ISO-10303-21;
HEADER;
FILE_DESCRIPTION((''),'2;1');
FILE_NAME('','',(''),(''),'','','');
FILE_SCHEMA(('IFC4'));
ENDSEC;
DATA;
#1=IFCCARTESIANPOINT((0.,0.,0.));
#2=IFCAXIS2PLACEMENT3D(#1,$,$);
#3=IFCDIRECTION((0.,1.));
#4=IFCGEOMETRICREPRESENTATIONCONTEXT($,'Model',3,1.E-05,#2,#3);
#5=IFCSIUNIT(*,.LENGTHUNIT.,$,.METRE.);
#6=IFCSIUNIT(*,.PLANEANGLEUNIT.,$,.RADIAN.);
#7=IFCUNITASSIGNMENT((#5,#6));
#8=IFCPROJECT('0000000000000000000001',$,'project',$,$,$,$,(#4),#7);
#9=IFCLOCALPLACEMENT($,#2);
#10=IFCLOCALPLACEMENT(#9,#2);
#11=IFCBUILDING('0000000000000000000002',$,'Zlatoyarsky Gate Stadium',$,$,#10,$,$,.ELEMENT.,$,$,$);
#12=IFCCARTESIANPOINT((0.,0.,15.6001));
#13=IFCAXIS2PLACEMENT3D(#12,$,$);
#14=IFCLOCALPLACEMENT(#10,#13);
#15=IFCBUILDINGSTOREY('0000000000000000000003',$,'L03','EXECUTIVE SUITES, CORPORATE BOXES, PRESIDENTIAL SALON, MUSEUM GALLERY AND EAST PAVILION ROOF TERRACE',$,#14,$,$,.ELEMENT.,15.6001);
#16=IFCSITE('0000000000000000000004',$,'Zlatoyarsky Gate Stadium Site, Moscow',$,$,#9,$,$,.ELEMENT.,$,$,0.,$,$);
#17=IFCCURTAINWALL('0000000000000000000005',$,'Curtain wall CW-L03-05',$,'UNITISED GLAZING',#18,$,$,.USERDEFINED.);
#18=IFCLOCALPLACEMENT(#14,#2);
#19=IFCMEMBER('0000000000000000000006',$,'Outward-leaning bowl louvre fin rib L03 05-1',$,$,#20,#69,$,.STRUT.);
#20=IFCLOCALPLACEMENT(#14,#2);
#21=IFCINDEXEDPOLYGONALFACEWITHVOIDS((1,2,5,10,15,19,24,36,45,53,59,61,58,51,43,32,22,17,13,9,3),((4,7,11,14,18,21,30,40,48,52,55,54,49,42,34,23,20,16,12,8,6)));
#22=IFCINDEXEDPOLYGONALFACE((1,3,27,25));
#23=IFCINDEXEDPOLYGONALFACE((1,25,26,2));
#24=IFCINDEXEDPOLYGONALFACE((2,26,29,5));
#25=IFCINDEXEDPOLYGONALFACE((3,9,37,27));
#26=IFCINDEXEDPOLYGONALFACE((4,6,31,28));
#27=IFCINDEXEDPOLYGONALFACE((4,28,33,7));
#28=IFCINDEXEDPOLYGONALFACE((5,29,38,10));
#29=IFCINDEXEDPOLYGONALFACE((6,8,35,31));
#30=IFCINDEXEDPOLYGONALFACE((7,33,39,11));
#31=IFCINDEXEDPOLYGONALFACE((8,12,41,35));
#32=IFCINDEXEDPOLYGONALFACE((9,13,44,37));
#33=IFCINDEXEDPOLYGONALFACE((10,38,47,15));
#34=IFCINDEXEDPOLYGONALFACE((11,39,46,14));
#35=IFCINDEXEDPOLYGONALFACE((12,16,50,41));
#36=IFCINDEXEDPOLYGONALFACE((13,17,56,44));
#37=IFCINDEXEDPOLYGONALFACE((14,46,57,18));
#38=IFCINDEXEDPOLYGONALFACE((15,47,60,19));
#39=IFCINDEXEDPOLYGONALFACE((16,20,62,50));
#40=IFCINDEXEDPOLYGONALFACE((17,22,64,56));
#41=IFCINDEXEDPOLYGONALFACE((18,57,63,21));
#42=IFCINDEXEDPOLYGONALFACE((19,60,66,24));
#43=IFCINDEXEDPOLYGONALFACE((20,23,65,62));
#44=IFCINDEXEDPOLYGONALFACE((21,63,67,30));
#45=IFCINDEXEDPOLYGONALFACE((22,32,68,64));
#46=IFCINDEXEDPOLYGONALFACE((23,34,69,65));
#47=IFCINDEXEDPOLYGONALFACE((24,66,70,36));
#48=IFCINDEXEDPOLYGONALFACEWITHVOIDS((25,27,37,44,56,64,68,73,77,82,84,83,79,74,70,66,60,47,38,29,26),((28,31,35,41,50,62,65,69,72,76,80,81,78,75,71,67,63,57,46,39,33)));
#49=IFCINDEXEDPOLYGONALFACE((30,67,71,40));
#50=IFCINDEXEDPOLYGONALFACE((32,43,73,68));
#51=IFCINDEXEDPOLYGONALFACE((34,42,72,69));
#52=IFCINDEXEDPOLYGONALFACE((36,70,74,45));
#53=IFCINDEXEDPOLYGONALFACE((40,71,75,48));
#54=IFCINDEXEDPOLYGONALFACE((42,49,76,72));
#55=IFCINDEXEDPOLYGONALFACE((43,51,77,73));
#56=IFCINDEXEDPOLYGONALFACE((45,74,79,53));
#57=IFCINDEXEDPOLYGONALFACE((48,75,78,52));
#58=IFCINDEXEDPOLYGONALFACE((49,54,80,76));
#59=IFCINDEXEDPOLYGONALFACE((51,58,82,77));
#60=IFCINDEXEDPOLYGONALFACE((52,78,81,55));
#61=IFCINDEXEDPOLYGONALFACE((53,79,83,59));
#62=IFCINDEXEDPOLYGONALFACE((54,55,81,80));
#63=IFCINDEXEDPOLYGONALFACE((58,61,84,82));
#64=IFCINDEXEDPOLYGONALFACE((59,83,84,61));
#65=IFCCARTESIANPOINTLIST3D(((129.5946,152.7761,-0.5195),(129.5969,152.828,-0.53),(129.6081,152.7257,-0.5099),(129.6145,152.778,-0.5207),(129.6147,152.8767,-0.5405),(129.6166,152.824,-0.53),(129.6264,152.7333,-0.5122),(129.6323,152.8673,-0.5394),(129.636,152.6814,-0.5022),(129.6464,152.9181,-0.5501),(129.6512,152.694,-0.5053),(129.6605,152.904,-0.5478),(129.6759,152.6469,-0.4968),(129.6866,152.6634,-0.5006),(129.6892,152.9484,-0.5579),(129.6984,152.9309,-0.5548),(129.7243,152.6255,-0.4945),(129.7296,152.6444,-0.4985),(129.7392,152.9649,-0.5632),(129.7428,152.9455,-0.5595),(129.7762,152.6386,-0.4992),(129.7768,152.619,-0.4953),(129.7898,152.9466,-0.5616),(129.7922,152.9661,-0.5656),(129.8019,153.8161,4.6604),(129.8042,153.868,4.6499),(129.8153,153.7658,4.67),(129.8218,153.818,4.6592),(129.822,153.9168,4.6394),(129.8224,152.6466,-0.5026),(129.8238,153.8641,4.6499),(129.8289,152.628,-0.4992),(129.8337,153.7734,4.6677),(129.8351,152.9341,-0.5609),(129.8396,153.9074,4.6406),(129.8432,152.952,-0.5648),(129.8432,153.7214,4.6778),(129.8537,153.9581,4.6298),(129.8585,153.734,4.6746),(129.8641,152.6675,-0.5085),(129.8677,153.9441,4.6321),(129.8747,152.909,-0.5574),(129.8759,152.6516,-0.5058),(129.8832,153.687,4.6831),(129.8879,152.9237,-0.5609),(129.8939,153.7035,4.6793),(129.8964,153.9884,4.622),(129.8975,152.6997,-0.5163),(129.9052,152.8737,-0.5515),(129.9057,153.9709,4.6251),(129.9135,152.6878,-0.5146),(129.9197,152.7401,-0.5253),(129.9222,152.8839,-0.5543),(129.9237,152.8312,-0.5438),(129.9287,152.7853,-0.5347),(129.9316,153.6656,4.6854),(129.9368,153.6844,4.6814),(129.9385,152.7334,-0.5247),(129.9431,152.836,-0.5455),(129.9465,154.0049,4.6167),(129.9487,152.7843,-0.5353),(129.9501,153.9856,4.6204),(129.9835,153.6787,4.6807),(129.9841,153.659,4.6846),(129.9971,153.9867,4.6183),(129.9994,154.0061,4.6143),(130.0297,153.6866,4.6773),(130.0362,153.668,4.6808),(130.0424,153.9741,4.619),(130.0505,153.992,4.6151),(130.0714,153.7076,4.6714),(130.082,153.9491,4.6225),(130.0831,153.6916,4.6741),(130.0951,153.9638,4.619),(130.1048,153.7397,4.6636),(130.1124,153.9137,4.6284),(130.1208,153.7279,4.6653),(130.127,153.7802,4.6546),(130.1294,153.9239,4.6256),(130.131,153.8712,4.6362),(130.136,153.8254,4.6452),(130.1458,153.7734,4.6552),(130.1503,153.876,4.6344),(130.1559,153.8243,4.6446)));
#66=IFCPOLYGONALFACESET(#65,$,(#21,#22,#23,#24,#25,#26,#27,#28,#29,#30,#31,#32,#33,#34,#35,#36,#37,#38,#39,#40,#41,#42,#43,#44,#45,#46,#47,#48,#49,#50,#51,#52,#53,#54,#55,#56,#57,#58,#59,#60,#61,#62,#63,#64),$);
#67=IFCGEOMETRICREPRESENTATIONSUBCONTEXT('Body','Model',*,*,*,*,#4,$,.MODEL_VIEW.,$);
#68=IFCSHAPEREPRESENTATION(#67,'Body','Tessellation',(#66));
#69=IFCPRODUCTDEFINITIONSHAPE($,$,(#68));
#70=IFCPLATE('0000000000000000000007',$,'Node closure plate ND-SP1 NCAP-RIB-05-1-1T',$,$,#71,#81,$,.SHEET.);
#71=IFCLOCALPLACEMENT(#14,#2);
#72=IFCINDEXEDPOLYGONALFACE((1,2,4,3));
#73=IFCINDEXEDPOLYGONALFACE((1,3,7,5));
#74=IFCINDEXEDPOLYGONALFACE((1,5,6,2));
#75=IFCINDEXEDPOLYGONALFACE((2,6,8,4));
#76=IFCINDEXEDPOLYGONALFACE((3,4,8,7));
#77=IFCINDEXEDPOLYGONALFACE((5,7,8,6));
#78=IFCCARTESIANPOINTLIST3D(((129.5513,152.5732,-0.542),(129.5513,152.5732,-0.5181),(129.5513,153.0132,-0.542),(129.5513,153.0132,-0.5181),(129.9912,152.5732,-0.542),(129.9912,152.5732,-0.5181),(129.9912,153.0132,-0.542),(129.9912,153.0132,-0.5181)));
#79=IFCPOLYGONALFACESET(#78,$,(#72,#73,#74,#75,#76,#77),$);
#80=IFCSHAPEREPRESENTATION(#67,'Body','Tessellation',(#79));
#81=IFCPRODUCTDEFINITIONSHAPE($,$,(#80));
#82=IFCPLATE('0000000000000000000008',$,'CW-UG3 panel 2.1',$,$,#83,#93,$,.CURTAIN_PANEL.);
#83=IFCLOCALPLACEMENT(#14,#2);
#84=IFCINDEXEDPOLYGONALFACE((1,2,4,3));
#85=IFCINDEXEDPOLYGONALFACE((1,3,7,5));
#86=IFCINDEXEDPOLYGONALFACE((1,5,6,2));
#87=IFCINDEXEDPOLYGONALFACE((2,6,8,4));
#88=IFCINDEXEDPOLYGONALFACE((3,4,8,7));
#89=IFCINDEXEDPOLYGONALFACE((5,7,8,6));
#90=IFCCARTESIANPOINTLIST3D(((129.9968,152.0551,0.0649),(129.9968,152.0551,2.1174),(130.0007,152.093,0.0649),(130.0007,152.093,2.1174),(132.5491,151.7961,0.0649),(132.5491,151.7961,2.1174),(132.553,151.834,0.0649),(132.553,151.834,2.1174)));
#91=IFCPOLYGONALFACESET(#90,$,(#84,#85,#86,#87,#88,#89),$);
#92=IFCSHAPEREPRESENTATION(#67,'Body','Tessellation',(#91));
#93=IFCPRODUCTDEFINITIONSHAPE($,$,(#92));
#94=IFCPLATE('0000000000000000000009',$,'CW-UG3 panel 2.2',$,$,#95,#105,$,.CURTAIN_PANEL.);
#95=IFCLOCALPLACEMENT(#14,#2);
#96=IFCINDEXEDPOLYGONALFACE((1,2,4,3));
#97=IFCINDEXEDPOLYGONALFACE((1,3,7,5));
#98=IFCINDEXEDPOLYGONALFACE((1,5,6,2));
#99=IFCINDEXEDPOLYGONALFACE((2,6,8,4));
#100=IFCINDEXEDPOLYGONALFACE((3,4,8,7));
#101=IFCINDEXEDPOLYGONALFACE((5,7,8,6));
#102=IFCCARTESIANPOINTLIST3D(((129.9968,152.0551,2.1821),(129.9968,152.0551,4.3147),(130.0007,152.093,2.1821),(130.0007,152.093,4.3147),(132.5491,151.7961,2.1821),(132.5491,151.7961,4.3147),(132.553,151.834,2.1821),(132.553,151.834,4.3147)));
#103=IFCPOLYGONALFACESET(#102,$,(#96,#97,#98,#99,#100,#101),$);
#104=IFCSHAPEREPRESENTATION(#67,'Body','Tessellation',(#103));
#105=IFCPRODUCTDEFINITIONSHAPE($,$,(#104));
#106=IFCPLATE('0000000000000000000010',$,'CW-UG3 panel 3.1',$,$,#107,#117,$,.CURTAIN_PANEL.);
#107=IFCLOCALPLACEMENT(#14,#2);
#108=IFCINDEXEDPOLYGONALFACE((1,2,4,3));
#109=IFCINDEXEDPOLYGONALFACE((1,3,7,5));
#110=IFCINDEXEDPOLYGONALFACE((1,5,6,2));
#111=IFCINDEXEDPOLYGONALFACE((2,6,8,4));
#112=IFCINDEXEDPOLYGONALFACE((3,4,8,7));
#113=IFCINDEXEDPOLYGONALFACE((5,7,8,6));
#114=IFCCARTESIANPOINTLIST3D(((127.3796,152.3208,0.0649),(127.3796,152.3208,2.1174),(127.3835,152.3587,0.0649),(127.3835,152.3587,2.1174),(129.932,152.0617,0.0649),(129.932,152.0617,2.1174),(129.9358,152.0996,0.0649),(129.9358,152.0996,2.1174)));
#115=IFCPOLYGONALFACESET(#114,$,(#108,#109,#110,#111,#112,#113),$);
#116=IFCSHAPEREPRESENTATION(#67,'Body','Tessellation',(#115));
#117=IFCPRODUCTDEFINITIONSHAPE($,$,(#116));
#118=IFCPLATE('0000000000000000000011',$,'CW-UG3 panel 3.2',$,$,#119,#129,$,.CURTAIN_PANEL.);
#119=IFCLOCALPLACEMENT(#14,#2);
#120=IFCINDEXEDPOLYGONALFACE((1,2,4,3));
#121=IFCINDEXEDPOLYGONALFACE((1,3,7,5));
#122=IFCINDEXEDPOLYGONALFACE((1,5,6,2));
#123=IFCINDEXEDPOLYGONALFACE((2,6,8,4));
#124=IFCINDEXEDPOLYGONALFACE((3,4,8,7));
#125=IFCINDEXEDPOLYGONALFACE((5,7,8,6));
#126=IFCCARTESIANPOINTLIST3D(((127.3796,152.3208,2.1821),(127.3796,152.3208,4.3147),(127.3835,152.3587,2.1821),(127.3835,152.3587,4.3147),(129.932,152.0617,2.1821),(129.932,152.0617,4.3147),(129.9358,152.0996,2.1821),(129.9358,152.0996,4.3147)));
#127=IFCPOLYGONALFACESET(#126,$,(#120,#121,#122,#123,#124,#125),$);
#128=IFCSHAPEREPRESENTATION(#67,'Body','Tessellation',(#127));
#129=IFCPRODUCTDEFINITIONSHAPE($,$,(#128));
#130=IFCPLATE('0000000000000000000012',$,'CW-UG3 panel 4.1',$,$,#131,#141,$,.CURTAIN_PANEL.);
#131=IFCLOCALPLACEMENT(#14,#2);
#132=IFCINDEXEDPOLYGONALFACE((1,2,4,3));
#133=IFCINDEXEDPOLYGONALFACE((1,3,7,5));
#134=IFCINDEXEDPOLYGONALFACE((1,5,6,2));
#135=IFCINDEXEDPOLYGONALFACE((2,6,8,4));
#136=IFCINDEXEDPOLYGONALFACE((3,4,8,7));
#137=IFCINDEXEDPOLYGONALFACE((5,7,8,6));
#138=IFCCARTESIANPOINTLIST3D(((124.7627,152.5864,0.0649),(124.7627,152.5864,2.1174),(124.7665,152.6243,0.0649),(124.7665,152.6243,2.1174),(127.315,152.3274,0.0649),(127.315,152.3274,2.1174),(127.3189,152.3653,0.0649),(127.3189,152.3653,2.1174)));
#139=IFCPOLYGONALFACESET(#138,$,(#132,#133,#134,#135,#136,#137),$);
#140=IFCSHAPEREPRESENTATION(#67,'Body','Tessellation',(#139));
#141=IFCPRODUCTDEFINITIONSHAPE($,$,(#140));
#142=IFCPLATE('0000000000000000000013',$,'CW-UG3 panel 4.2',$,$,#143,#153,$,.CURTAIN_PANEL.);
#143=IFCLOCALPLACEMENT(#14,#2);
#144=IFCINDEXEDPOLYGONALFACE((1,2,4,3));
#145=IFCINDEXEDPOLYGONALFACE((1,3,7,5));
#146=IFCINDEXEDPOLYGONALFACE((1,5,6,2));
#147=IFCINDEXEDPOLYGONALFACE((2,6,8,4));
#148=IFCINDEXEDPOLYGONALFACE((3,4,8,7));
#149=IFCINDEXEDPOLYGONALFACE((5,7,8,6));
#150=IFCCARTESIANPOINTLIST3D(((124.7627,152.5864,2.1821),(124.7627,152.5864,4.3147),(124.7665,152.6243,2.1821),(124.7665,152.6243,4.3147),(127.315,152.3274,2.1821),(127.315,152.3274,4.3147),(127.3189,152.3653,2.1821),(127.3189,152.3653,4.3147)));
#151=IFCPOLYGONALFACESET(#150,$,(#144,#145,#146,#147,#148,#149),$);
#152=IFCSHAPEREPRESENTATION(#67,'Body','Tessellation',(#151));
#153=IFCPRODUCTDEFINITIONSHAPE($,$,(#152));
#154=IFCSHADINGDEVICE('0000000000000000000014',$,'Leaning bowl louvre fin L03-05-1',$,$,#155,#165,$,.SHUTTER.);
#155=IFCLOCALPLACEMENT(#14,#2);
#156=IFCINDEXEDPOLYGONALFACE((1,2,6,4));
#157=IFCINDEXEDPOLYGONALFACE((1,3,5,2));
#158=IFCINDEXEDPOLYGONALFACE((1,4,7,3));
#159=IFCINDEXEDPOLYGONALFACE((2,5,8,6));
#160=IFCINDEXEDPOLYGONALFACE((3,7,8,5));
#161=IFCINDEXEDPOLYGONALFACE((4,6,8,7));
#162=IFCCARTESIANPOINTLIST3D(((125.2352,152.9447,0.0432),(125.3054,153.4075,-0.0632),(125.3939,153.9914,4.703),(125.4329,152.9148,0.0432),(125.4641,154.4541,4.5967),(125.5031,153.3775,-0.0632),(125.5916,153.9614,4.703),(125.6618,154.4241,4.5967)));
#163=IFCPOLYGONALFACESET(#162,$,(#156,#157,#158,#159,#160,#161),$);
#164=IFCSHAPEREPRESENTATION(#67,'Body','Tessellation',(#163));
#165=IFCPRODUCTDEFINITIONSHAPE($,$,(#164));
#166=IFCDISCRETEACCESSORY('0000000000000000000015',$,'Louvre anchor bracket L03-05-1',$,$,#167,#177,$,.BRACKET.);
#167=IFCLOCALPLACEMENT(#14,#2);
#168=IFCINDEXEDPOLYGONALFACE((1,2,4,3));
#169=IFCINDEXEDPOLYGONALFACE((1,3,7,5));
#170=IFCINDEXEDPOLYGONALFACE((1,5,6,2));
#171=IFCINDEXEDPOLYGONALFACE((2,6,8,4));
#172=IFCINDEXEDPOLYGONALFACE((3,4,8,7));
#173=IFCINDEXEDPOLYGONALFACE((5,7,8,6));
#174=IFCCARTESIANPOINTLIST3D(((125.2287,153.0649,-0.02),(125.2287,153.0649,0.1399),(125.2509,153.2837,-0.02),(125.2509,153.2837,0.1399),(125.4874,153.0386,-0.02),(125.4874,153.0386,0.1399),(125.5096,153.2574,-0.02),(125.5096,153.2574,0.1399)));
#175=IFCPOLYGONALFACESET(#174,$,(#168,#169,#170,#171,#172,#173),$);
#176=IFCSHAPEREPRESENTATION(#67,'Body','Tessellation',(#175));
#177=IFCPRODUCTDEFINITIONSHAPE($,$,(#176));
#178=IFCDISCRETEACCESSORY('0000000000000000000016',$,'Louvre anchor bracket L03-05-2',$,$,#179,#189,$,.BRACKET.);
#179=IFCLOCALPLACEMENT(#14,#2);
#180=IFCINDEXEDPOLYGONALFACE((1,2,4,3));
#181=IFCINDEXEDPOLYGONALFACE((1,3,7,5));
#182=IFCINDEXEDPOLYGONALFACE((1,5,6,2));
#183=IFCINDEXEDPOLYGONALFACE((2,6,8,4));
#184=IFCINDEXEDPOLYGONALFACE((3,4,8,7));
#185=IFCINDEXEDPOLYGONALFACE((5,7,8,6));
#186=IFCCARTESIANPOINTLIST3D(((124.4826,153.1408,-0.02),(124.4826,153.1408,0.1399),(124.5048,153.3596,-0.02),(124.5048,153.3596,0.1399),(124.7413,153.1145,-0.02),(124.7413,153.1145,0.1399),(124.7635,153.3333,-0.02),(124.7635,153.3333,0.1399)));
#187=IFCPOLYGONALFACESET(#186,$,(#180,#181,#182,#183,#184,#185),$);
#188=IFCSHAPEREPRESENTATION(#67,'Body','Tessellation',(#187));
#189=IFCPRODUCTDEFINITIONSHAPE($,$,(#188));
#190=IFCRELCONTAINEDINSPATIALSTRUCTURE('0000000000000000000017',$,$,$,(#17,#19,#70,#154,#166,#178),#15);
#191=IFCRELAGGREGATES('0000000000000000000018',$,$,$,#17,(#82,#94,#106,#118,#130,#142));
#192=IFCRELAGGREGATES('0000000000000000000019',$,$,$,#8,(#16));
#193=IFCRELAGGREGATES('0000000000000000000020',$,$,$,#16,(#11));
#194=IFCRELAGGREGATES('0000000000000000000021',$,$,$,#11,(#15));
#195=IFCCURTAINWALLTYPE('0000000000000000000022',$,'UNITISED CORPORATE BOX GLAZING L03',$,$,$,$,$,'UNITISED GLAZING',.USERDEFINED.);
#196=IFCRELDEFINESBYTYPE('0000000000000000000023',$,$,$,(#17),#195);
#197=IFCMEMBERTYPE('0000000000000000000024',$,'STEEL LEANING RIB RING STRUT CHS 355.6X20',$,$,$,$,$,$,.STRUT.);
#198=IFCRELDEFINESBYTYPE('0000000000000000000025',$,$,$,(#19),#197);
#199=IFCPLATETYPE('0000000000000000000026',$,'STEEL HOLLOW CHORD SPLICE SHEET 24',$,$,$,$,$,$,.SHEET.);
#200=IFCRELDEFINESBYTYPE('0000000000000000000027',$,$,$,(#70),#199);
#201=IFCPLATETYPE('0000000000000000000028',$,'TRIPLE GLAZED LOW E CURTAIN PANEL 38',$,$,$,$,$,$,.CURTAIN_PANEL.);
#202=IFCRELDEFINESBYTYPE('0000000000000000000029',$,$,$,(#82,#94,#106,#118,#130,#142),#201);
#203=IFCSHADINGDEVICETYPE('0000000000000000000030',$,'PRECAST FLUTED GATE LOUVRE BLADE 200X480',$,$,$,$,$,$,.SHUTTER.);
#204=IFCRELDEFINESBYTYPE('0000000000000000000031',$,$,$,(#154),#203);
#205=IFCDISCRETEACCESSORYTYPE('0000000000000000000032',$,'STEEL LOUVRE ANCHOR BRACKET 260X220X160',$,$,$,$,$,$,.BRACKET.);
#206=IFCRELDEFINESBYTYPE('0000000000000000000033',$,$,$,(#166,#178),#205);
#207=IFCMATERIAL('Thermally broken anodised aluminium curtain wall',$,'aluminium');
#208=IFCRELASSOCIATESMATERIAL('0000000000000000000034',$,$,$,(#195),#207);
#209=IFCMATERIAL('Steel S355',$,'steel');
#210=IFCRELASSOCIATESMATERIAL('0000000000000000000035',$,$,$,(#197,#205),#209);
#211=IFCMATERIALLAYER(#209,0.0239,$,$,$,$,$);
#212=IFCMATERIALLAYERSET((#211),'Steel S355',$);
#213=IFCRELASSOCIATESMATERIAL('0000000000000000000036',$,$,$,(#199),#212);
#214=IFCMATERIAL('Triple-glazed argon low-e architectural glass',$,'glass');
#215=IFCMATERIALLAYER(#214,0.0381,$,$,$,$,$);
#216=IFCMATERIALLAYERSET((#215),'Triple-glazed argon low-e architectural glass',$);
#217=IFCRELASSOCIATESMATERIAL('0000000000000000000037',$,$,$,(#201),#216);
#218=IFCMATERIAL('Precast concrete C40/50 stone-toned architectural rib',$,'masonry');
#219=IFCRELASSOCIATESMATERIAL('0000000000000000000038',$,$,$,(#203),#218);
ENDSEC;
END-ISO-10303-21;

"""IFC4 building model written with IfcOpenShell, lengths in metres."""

from ifc_helpers import new_model, si_unit, direction, frame, origin, origin_2d, place, context, subcontext, project, spatial, rectangle, hollow_circle, extrude, material, layer, layer_set, material_profile, profile_set, type_object, element, aggregate, save


model = new_model("IFC4")

# Units and contexts
model_context = context("Model", 3, precision=1e-05, world=origin(), true_north=direction((0.0, 1.0)))
body_context = subcontext(model_context, "Body", "Model", "MODEL_VIEW")
ifc_project = project(units=[si_unit("LENGTHUNIT", "METRE"), si_unit("PLANEANGLEUNIT", "RADIAN")], contexts=[model_context])

# Site, building, storey
site_placement = place(None, origin())
site = spatial("IfcSite", under=ifc_project, at=site_placement, Name="Zlatoyarsky Gate Stadium Site, Moscow", CompositionType="ELEMENT", RefElevation=0.0)
building_placement = place(site_placement, origin())
building = spatial("IfcBuilding", under=site, at=building_placement, Name="Zlatoyarsky Gate Stadium", CompositionType="ELEMENT")
storey_placement = place(building_placement, frame((0.0, 0.0, 15.6001)))
storey = spatial("IfcBuildingStorey", under=building, at=storey_placement, Name="L03", Description="EXECUTIVE SUITES, CORPORATE BOXES, PRESIDENTIAL SALON, MUSEUM GALLERY AND EAST PAVILION ROOF TERRACE", CompositionType="ELEMENT", Elevation=15.6001)

# Curtain wall
ifc_material_1 = material(Name="Thermally broken anodised aluminium curtain wall", Category="aluminium")
curtain_wall_type = type_object("IfcCurtainWallType", Name="UNITISED CORPORATE BOX GLAZING L03", ElementType="UNITISED GLAZING", PredefinedType="USERDEFINED", material=ifc_material_1)
curtain_wall_placement = place(storey_placement, origin())
curtain_wall = element("IfcCurtainWall", 1, at=curtain_wall_placement, inside=storey, type_object=curtain_wall_type, Name="Curtain wall CW-L03-05", ObjectType="UNITISED GLAZING", PredefinedType="USERDEFINED")

# Member
ifc_material_2 = material(Name="Steel S355", Category="steel")
ifc_material_profile_1 = material_profile(ifc_material_2, hollow_circle(Radius=0.1777, WallThickness=0.02, at=origin_2d()), Name="CHS 355.6X20")
ifc_profile_set_1 = profile_set([ifc_material_profile_1], Name="Steel S355")
member_type_1 = type_object("IfcMemberType", Name="STEEL LEANING RIB RING STRUT CHS 355.6X20", PredefinedType="STRUT", material=ifc_profile_set_1)
member_1_placement = place(storey_placement, frame((129.7712, 152.7932, -0.53), z_axis=(0.039202, 0.196702, 0.979679), x_axis=(-0.980713, 0.195452, 0.0)))
element("IfcMember", 2, at=member_1_placement, inside=storey, type_object=member_type_1, Name="Outward-leaning bowl louvre fin rib L03 05-1", PredefinedType="STRUT", context=body_context, shape_type="SweptSolid", body=[
    extrude(hollow_circle(Radius=0.1777, WallThickness=0.02, at=origin_2d()), origin(), (0.0, 0.0, 1.0), 5.2874),
])

# Plates
ifc_layer_1 = layer(ifc_material_2, 0.0239)
ifc_layer_set_1 = layer_set([ifc_layer_1], Name="Steel S355")
plate_type_1 = type_object("IfcPlateType", Name="STEEL HOLLOW CHORD SPLICE SHEET 24", PredefinedType="SHEET", material=ifc_layer_set_1)
plate_1_placement = place(storey_placement, frame((129.7712, 152.7932, -0.542), z_axis=(0.0, 0.0, 1.0), x_axis=(1.0, 0.0, 0.0)))
element("IfcPlate", 3, at=plate_1_placement, inside=storey, type_object=plate_type_1, Name="Node closure plate ND-SP1 NCAP-RIB-05-1-1T", PredefinedType="SHEET", context=body_context, shape_type="SweptSolid", body=[
    extrude(rectangle(XDim=0.4399, YDim=0.4399, at=origin_2d()), origin(), (0.0, 0.0, 1.0), 0.0239),
])
ifc_material_3 = material(Name="Triple-glazed argon low-e architectural glass", Category="glass")
ifc_layer_2 = layer(ifc_material_3, 0.0381)
ifc_layer_set_2 = layer_set([ifc_layer_2], Name="Triple-glazed argon low-e architectural glass")
plate_type_2 = type_object("IfcPlateType", Name="TRIPLE GLAZED LOW E CURTAIN PANEL 38", PredefinedType="CURTAIN_PANEL", material=ifc_layer_set_2)
plate_2_placement = place(storey_placement, frame((131.2749, 151.9446, 0.0649), z_axis=(0.0, 0.0, 1.0), x_axis=(-0.99489, 0.100968, 0.0)))
plate_2 = element("IfcPlate", 4, at=plate_2_placement, type_object=plate_type_2, Name="CW-UG3 panel 2.1", PredefinedType="CURTAIN_PANEL", context=body_context, shape_type="SweptSolid", body=[
    extrude(rectangle(XDim=2.5654, YDim=0.0381, at=origin_2d()), origin(), (0.0, 0.0, 1.0), 2.0525),
])
plate_3_placement = place(storey_placement, frame((131.2749, 151.9446, 2.1821), z_axis=(0.0, 0.0, 1.0), x_axis=(-0.99489, 0.100968, 0.0)))
plate_3 = element("IfcPlate", 5, at=plate_3_placement, type_object=plate_type_2, Name="CW-UG3 panel 2.2", PredefinedType="CURTAIN_PANEL", context=body_context, shape_type="SweptSolid", body=[
    extrude(rectangle(XDim=2.5654, YDim=0.0381, at=origin_2d()), origin(), (0.0, 0.0, 1.0), 2.1326),
])
plate_4_placement = place(storey_placement, frame((128.6577, 152.2102, 0.0649), z_axis=(0.0, 0.0, 1.0), x_axis=(-0.99489, 0.100968, 0.0)))
plate_4 = element("IfcPlate", 6, at=plate_4_placement, type_object=plate_type_2, Name="CW-UG3 panel 3.1", PredefinedType="CURTAIN_PANEL", context=body_context, shape_type="SweptSolid", body=[
    extrude(rectangle(XDim=2.5654, YDim=0.0381, at=origin_2d()), origin(), (0.0, 0.0, 1.0), 2.0525),
])
plate_5_placement = place(storey_placement, frame((128.6577, 152.2102, 2.1821), z_axis=(0.0, 0.0, 1.0), x_axis=(-0.99489, 0.100968, 0.0)))
plate_5 = element("IfcPlate", 7, at=plate_5_placement, type_object=plate_type_2, Name="CW-UG3 panel 3.2", PredefinedType="CURTAIN_PANEL", context=body_context, shape_type="SweptSolid", body=[
    extrude(rectangle(XDim=2.5654, YDim=0.0381, at=origin_2d()), origin(), (0.0, 0.0, 1.0), 2.1326),
])
plate_6_placement = place(storey_placement, frame((126.0408, 152.4758, 0.0649), z_axis=(0.0, 0.0, 1.0), x_axis=(-0.99489, 0.100968, 0.0)))
plate_6 = element("IfcPlate", 8, at=plate_6_placement, type_object=plate_type_2, Name="CW-UG3 panel 4.1", PredefinedType="CURTAIN_PANEL", context=body_context, shape_type="SweptSolid", body=[
    extrude(rectangle(XDim=2.5654, YDim=0.0381, at=origin_2d()), origin(), (0.0, 0.0, 1.0), 2.0525),
])
plate_7_placement = place(storey_placement, frame((126.0408, 152.4758, 2.1821), z_axis=(0.0, 0.0, 1.0), x_axis=(-0.99489, 0.100968, 0.0)))
plate_7 = element("IfcPlate", 9, at=plate_7_placement, type_object=plate_type_2, Name="CW-UG3 panel 4.2", PredefinedType="CURTAIN_PANEL", context=body_context, shape_type="SweptSolid", body=[
    extrude(rectangle(XDim=2.5654, YDim=0.0381, at=origin_2d()), origin(), (0.0, 0.0, 1.0), 2.1326),
])
aggregate(curtain_wall, [plate_2, plate_3, plate_4, plate_5, plate_6, plate_7])

# Shading device
ifc_material_4 = material(Name="Precast concrete C40/50 stone-toned architectural rib", Category="masonry")
ifc_material_profile_2 = material_profile(ifc_material_4, rectangle(XDim=0.2, YDim=0.48, at=origin_2d()), Name="RIB 200X480")
ifc_profile_set_2 = profile_set([ifc_material_profile_2], Name="Precast concrete C40/50 stone-toned architectural rib")
shading_device_type = type_object("IfcShadingDeviceType", Name="PRECAST FLUTED GATE LOUVRE BLADE 200X480", PredefinedType="SHUTTER", material=ifc_profile_set_2)
shading_device_placement = place(storey_placement, frame((125.3691, 153.1611, -0.01), z_axis=(0.033208, 0.219023, 0.975154), x_axis=(-0.9887, 0.149908, 0.0)))
element("IfcShadingDevice", 10, at=shading_device_placement, inside=storey, type_object=shading_device_type, Name="Leaning bowl louvre fin L03-05-1", PredefinedType="SHUTTER", context=body_context, shape_type="SweptSolid", body=[
    extrude(rectangle(XDim=0.2, YDim=0.48, at=origin_2d()), origin(), (0.0, 0.0, 1.0), 4.7786),
])

# Discrete accessories
discrete_accessory_type = type_object("IfcDiscreteAccessoryType", Name="STEEL LOUVRE ANCHOR BRACKET 260X220X160", PredefinedType="BRACKET", material=ifc_material_2)
for number, where, z_axis, x_axis, name in (
    (11, (125.3691, 153.1611, -0.02), (0.0, 0.0, 1.0), (-0.994871, 0.101155, 0.0), "Louvre anchor bracket L03-05-1"),
    (12, (124.623, 153.2371, -0.02), (0.0, 0.0, 1.0), (-0.994871, 0.101155, 0.0), "Louvre anchor bracket L03-05-2"),
):
    element("IfcDiscreteAccessory", number, at=place(storey_placement, frame(where, z_axis=z_axis, x_axis=x_axis)), inside=storey, type_object=discrete_accessory_type, Name=name, PredefinedType="BRACKET", context=body_context, shape_type="SweptSolid", body=[
        extrude(rectangle(XDim=0.26, YDim=0.22, at=origin_2d()), origin(), (0.0, 0.0, 1.0), 0.1599),
    ])

save(model, "model.ifc")
